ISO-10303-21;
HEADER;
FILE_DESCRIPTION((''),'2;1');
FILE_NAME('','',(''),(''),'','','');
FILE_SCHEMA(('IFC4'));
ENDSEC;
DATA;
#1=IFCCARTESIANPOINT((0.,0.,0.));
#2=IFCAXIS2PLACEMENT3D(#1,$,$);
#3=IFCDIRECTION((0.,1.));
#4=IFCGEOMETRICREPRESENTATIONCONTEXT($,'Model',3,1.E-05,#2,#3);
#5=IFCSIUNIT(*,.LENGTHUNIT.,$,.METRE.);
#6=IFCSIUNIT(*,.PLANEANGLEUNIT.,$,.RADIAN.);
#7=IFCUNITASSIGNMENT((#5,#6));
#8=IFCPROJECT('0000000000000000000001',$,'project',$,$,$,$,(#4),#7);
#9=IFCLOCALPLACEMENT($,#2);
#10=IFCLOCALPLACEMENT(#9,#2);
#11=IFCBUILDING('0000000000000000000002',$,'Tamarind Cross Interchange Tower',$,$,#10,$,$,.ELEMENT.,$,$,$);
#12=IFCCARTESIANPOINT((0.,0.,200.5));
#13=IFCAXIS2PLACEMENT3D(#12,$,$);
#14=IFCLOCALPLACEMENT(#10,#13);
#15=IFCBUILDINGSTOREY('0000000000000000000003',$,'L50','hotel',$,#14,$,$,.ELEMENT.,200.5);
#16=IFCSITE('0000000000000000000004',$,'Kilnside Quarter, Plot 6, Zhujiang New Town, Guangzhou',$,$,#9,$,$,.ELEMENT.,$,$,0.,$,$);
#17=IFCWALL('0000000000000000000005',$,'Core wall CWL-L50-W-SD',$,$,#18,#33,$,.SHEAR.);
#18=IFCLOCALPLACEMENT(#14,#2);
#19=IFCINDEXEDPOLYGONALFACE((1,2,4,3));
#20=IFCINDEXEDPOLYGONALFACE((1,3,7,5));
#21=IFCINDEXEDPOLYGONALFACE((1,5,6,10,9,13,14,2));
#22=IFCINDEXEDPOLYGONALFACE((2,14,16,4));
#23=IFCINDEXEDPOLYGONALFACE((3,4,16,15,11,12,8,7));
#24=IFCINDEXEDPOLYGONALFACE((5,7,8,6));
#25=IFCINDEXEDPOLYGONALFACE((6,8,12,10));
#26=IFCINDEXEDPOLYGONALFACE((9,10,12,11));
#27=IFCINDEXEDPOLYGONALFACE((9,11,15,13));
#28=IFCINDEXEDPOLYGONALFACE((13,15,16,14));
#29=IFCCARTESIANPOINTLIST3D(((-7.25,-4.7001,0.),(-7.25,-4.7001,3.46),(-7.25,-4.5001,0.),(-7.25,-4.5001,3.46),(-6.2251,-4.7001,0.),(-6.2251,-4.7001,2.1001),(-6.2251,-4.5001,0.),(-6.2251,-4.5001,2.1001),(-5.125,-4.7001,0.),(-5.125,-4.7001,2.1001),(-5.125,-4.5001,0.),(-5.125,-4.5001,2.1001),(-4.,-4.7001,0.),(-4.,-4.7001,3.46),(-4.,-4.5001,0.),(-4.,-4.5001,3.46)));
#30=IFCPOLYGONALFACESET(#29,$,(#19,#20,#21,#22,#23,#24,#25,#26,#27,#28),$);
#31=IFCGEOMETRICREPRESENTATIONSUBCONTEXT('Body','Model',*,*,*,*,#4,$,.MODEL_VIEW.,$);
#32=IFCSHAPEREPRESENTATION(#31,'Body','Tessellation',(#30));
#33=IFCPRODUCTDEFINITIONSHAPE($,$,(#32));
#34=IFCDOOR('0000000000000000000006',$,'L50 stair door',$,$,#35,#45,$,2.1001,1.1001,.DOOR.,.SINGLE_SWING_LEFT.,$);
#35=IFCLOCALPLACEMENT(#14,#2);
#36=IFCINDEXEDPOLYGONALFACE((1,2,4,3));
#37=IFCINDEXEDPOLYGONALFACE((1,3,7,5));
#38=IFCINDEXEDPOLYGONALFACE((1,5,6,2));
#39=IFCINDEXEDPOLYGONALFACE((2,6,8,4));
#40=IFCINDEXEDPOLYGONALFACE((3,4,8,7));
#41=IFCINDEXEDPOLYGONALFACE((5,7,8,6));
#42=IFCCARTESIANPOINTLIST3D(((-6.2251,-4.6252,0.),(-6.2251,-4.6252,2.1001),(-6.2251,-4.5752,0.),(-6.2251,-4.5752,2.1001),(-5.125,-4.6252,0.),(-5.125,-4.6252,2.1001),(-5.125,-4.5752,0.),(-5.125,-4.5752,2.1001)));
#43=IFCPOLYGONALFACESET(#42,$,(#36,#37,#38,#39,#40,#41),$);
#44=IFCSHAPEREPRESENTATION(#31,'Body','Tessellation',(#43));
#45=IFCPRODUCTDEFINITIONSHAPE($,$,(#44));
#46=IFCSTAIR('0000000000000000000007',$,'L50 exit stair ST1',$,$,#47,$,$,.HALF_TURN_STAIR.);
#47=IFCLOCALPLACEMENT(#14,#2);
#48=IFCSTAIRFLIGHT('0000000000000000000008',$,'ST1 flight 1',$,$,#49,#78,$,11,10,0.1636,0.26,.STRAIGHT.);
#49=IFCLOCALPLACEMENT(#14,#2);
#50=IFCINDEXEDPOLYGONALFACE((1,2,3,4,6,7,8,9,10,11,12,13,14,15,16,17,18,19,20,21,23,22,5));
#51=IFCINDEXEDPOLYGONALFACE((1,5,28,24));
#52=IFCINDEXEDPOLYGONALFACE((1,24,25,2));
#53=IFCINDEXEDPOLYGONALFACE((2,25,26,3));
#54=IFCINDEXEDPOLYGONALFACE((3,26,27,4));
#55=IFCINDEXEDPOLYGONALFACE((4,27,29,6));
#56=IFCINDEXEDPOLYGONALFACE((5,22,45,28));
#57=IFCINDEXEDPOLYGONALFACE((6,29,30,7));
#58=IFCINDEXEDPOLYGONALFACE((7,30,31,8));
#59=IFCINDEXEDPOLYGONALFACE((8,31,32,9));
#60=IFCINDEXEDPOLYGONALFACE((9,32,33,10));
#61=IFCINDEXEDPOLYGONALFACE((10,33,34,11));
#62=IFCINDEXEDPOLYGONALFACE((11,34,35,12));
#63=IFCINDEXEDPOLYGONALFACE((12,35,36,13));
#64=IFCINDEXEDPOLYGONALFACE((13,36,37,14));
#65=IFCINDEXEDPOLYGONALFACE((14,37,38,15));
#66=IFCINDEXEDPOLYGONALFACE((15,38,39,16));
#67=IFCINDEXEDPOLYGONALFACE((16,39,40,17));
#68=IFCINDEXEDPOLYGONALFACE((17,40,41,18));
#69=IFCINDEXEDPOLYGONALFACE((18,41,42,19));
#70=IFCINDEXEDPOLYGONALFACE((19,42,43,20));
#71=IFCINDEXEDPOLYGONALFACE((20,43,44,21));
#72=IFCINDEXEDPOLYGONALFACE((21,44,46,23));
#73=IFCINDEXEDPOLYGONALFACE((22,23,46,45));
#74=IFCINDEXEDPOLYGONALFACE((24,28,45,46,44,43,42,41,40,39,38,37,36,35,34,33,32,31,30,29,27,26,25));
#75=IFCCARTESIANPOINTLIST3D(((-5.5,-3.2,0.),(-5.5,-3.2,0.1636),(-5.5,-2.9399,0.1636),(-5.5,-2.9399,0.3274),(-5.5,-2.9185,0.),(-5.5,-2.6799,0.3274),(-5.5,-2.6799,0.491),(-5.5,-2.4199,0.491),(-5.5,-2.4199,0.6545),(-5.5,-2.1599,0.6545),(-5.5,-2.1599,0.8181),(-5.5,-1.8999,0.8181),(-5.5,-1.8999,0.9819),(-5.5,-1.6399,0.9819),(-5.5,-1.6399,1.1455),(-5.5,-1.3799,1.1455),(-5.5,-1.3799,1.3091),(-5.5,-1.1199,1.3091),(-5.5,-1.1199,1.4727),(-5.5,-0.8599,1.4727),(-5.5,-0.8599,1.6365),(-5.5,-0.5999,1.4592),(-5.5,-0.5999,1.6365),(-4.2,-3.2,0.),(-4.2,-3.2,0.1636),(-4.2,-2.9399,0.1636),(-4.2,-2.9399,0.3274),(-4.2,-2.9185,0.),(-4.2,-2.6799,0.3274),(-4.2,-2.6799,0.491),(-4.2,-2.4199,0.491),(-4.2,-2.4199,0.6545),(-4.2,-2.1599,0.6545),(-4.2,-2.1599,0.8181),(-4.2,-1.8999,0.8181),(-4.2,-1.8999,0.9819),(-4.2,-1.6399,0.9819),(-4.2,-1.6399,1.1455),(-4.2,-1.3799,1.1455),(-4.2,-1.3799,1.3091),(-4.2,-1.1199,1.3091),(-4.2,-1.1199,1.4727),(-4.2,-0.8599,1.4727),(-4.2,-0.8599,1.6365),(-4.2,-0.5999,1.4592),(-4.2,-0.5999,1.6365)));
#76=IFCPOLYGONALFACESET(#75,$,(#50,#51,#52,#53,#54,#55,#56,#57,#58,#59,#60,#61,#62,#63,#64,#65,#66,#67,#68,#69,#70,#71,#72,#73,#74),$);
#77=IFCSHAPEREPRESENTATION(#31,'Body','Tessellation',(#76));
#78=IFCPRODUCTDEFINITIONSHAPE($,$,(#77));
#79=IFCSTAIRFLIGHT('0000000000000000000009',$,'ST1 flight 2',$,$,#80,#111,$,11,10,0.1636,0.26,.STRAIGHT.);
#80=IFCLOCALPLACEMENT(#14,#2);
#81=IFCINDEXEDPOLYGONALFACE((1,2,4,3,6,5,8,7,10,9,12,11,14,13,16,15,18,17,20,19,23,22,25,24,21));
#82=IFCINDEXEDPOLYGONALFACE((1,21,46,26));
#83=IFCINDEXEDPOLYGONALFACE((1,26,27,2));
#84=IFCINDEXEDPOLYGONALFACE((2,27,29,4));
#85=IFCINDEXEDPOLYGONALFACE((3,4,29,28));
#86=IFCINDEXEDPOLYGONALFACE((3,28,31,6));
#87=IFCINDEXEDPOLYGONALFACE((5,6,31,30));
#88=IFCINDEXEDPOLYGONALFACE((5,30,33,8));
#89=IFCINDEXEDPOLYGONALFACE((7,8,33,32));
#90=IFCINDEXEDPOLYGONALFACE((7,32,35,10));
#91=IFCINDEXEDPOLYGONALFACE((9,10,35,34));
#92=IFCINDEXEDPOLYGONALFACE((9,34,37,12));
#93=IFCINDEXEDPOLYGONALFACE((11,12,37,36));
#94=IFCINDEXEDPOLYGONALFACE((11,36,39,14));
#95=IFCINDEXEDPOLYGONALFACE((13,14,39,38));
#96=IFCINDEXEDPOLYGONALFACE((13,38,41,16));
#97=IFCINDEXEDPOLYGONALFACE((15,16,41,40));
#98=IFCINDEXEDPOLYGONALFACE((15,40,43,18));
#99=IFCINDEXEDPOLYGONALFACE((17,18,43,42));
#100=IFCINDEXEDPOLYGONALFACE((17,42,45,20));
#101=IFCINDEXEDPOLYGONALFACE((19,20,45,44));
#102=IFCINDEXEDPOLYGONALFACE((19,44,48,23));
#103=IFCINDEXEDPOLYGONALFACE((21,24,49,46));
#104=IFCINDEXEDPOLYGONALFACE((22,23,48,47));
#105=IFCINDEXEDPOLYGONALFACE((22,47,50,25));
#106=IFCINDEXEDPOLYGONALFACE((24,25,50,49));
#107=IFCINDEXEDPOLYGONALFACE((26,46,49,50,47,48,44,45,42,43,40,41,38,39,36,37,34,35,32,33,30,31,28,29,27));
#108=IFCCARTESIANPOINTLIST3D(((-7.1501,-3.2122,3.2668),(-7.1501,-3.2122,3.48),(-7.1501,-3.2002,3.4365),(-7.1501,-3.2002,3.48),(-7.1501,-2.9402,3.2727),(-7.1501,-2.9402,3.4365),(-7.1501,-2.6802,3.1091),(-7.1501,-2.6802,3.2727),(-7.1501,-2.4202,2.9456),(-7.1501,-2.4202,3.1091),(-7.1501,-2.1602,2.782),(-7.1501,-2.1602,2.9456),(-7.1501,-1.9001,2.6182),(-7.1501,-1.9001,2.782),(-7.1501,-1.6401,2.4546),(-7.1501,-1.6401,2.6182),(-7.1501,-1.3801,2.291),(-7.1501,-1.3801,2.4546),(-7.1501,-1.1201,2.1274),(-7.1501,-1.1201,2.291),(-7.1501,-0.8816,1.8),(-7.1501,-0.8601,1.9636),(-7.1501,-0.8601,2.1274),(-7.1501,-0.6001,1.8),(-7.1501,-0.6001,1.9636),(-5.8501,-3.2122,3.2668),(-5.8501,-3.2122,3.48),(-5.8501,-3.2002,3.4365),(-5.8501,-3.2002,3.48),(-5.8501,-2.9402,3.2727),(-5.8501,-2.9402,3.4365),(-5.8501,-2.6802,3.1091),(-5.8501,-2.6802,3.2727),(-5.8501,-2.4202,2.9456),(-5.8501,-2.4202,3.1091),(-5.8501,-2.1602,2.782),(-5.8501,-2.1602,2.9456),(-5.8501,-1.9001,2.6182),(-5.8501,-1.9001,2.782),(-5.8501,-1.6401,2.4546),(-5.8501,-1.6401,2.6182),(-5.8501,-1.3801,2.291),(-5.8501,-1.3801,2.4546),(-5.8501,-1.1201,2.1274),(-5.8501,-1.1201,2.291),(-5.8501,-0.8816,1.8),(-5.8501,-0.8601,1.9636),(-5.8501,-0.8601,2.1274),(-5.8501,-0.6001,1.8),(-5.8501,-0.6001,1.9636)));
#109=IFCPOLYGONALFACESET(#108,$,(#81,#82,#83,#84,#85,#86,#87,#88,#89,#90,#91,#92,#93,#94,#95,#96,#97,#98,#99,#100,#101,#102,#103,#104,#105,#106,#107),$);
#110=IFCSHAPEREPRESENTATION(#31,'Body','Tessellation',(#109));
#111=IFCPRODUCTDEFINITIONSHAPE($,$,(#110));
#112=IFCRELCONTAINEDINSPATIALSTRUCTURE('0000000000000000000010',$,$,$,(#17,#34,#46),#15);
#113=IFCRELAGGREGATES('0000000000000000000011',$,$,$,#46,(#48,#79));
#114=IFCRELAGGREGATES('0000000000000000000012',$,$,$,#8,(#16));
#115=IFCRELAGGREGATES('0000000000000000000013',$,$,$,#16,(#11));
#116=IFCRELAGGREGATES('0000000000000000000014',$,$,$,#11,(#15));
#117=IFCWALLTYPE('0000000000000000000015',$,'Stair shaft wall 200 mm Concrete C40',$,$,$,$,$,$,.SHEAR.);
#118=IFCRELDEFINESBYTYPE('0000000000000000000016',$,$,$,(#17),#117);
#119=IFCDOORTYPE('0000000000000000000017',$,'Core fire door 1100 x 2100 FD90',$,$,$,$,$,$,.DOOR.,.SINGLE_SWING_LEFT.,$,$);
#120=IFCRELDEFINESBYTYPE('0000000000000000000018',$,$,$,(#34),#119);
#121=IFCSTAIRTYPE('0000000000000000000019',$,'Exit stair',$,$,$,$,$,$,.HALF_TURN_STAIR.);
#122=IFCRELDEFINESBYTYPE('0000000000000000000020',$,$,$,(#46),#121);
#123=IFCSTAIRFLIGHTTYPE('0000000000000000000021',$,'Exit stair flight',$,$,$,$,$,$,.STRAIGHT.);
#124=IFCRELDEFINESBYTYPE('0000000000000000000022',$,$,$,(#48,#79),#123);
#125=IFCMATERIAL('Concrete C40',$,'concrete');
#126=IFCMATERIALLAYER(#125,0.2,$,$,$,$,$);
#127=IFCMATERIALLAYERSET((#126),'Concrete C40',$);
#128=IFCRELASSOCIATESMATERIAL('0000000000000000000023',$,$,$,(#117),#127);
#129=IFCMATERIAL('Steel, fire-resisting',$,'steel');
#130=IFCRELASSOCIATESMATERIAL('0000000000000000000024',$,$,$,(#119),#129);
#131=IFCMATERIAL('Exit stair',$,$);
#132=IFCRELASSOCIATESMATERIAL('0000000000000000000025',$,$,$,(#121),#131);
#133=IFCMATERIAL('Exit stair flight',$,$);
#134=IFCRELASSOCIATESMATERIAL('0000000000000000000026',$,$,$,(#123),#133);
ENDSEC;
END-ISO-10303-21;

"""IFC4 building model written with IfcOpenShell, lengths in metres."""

from ifc_helpers import new_model, si_unit, direction, frame, frame_2d, origin, place, context, subcontext, project, spatial, polyline, rectangle, outline, extrude, material, layer, layer_set, type_object, element, fill, aggregate, save


model = new_model("IFC4")

# Units and contexts
model_context = context("Model", 3, precision=1e-05, world=origin(), true_north=direction((0.0, 1.0)))
body_context = subcontext(model_context, "Body", "Model", "MODEL_VIEW")
ifc_project = project(units=[si_unit("LENGTHUNIT", "METRE"), si_unit("PLANEANGLEUNIT", "RADIAN")], contexts=[model_context])

# Site, building, storey
site_placement = place(None, origin())
site = spatial("IfcSite", under=ifc_project, at=site_placement, Name="Kilnside Quarter, Plot 6, Zhujiang New Town, Guangzhou", CompositionType="ELEMENT", RefElevation=0.0)
building_placement = place(site_placement, origin())
building = spatial("IfcBuilding", under=site, at=building_placement, Name="Tamarind Cross Interchange Tower", CompositionType="ELEMENT")
storey_placement = place(building_placement, frame((0.0, 0.0, 200.5)))
storey = spatial("IfcBuildingStorey", under=building, at=storey_placement, Name="L50", Description="hotel", CompositionType="ELEMENT", Elevation=200.5)

# Shared definitions
ifc_material_1 = material(Name="Steel, fire-resisting", Category="steel")

# Wall, opening, door
ifc_material_2 = material(Name="Concrete C40", Category="concrete")
ifc_layer_1 = layer(ifc_material_2, 0.2)
ifc_layer_set_1 = layer_set([ifc_layer_1], Name="Concrete C40")
wall_type_1 = type_object("IfcWallType", Name="Stair shaft wall 200 mm Concrete C40", PredefinedType="SHEAR", material=ifc_layer_set_1)
wall_1_placement = place(storey_placement, frame((-7.25, -4.6001, 0.0), z_axis=(0.0, 0.0, 1.0), x_axis=(1.0, 0.0, 0.0)))
wall_1 = element("IfcWall", 1, at=wall_1_placement, inside=storey, type_object=wall_type_1, Name="Core wall CWL-L50-W-SD", PredefinedType="SHEAR", context=body_context, shape_type="SweptSolid", body=[
    extrude(rectangle(XDim=3.25, YDim=0.2, at=frame_2d((1.625, 0.0))), origin(), (0.0, 0.0, 1.0), 3.46),
])
opening_1_placement = place(wall_1_placement, frame((1.0249, 0.0, 0.0)))
opening_1 = element("IfcOpeningElement", 2, at=opening_1_placement, cuts=wall_1, PredefinedType="OPENING", context=body_context, shape_type="SweptSolid", body=[
    extrude(rectangle(XDim=1.1001, YDim=2.1001, at=frame_2d((0.55, 1.05))), frame((0.0, 0.1099, 0.0), z_axis=(0.0, -1.0, 0.0), x_axis=(1.0, 0.0, 0.0)), (0.0, 0.0, 1.0), 0.22),
])
door_type_1 = type_object("IfcDoorType", Name="Core fire door 1100 x 2100 FD90", OperationType="SINGLE_SWING_LEFT", PredefinedType="DOOR", material=ifc_material_1)
door_1_placement = place(opening_1_placement, origin())
door_1 = element("IfcDoor", 3, at=door_1_placement, inside=storey, type_object=door_type_1, Name="L50 stair door", OperationType="SINGLE_SWING_LEFT", OverallHeight=2.1001, OverallWidth=1.1001, PredefinedType="DOOR", context=body_context, shape_type="SweptSolid", body=[
    extrude(rectangle(XDim=1.1001, YDim=2.1001, at=frame_2d((0.55, 1.05))), frame((0.0, 0.0249, 0.0), z_axis=(0.0, -1.0, 0.0), x_axis=(1.0, 0.0, 0.0)), (0.0, 0.0, 1.0), 0.05),
])
fill(opening_1, door_1)

# Stair, stair flights
ifc_material_3 = material(Name="Exit stair")
stair_type = type_object("IfcStairType", Name="Exit stair", PredefinedType="HALF_TURN_STAIR", material=ifc_material_3)
stair_placement = place(storey_placement, origin())
stair = element("IfcStair", 4, at=stair_placement, inside=storey, type_object=stair_type, Name="L50 exit stair ST1", PredefinedType="HALF_TURN_STAIR")
ifc_material_4 = material(Name="Exit stair flight")
stair_flight_type = type_object("IfcStairFlightType", Name="Exit stair flight", PredefinedType="STRAIGHT", material=ifc_material_4)
stair_flight_1_placement = place(storey_placement, frame((-4.8501, -3.2, 0.0), z_axis=(0.0, 0.0, 1.0), x_axis=(0.0, 1.0, 0.0)))
stair_flight_1 = element("IfcStairFlight", 5, at=stair_flight_1_placement, type_object=stair_flight_type, Name="ST1 flight 1", NumberOfRisers=11, NumberOfTreads=10, PredefinedType="STRAIGHT", RiserHeight=0.1636, TreadLength=0.26, context=body_context, shape_type="SweptSolid", body=[
    extrude(outline(polyline([(0.0, 0.0), (0.0, 0.1636), (0.26, 0.1636), (0.26, 0.3274), (0.52, 0.3274), (0.52, 0.491), (0.78, 0.491), (0.78, 0.6545), (1.04, 0.6545), (1.04, 0.8181), (1.3, 0.8181), (1.3, 0.9819), (1.5601, 0.9819), (1.5601, 1.1455), (1.8201, 1.1455), (1.8201, 1.3091), (2.0801, 1.3091), (2.0801, 1.4727), (2.3401, 1.4727), (2.3401, 1.6365), (2.6001, 1.6365), (2.6001, 1.8), (2.6001, 1.4592), (0.2815, 0.0), (0.0, 0.0)])), frame((0.0, 0.6499, 0.0), z_axis=(0.0, -1.0, 0.0), x_axis=(1.0, 0.0, 0.0)), (0.0, 0.0, 1.0), 1.3),
])
stair_flight_2_placement = place(storey_placement, frame((-6.5, -0.6001, 1.8), z_axis=(0.0, 0.0, 1.0), x_axis=(0.0, -1.0, 0.0)))
stair_flight_2 = element("IfcStairFlight", 6, at=stair_flight_2_placement, type_object=stair_flight_type, Name="ST1 flight 2", NumberOfRisers=11, NumberOfTreads=10, PredefinedType="STRAIGHT", RiserHeight=0.1636, TreadLength=0.26, context=body_context, shape_type="SweptSolid", body=[
    extrude(outline(polyline([(0.0, 0.0), (0.0, 0.1636), (0.26, 0.1636), (0.26, 0.3274), (0.52, 0.3274), (0.52, 0.491), (0.78, 0.491), (0.78, 0.6545), (1.04, 0.6545), (1.04, 0.8181), (1.3, 0.8181), (1.3, 0.9819), (1.5601, 0.9819), (1.5601, 1.1455), (1.8201, 1.1455), (1.8201, 1.3091), (2.0801, 1.3091), (2.0801, 1.4727), (2.3401, 1.4727), (2.3401, 1.6365), (2.6001, 1.6365), (2.6001, 1.6799), (2.6121, 1.6799), (2.6121, 1.4668), (0.2815, 0.0), (0.0, 0.0)])), frame((0.0, 0.6499, 0.0), z_axis=(0.0, -1.0, 0.0), x_axis=(1.0, 0.0, 0.0)), (0.0, 0.0, 1.0), 1.3),
])
aggregate(stair, [stair_flight_1, stair_flight_2])

save(model, "model.ifc")
